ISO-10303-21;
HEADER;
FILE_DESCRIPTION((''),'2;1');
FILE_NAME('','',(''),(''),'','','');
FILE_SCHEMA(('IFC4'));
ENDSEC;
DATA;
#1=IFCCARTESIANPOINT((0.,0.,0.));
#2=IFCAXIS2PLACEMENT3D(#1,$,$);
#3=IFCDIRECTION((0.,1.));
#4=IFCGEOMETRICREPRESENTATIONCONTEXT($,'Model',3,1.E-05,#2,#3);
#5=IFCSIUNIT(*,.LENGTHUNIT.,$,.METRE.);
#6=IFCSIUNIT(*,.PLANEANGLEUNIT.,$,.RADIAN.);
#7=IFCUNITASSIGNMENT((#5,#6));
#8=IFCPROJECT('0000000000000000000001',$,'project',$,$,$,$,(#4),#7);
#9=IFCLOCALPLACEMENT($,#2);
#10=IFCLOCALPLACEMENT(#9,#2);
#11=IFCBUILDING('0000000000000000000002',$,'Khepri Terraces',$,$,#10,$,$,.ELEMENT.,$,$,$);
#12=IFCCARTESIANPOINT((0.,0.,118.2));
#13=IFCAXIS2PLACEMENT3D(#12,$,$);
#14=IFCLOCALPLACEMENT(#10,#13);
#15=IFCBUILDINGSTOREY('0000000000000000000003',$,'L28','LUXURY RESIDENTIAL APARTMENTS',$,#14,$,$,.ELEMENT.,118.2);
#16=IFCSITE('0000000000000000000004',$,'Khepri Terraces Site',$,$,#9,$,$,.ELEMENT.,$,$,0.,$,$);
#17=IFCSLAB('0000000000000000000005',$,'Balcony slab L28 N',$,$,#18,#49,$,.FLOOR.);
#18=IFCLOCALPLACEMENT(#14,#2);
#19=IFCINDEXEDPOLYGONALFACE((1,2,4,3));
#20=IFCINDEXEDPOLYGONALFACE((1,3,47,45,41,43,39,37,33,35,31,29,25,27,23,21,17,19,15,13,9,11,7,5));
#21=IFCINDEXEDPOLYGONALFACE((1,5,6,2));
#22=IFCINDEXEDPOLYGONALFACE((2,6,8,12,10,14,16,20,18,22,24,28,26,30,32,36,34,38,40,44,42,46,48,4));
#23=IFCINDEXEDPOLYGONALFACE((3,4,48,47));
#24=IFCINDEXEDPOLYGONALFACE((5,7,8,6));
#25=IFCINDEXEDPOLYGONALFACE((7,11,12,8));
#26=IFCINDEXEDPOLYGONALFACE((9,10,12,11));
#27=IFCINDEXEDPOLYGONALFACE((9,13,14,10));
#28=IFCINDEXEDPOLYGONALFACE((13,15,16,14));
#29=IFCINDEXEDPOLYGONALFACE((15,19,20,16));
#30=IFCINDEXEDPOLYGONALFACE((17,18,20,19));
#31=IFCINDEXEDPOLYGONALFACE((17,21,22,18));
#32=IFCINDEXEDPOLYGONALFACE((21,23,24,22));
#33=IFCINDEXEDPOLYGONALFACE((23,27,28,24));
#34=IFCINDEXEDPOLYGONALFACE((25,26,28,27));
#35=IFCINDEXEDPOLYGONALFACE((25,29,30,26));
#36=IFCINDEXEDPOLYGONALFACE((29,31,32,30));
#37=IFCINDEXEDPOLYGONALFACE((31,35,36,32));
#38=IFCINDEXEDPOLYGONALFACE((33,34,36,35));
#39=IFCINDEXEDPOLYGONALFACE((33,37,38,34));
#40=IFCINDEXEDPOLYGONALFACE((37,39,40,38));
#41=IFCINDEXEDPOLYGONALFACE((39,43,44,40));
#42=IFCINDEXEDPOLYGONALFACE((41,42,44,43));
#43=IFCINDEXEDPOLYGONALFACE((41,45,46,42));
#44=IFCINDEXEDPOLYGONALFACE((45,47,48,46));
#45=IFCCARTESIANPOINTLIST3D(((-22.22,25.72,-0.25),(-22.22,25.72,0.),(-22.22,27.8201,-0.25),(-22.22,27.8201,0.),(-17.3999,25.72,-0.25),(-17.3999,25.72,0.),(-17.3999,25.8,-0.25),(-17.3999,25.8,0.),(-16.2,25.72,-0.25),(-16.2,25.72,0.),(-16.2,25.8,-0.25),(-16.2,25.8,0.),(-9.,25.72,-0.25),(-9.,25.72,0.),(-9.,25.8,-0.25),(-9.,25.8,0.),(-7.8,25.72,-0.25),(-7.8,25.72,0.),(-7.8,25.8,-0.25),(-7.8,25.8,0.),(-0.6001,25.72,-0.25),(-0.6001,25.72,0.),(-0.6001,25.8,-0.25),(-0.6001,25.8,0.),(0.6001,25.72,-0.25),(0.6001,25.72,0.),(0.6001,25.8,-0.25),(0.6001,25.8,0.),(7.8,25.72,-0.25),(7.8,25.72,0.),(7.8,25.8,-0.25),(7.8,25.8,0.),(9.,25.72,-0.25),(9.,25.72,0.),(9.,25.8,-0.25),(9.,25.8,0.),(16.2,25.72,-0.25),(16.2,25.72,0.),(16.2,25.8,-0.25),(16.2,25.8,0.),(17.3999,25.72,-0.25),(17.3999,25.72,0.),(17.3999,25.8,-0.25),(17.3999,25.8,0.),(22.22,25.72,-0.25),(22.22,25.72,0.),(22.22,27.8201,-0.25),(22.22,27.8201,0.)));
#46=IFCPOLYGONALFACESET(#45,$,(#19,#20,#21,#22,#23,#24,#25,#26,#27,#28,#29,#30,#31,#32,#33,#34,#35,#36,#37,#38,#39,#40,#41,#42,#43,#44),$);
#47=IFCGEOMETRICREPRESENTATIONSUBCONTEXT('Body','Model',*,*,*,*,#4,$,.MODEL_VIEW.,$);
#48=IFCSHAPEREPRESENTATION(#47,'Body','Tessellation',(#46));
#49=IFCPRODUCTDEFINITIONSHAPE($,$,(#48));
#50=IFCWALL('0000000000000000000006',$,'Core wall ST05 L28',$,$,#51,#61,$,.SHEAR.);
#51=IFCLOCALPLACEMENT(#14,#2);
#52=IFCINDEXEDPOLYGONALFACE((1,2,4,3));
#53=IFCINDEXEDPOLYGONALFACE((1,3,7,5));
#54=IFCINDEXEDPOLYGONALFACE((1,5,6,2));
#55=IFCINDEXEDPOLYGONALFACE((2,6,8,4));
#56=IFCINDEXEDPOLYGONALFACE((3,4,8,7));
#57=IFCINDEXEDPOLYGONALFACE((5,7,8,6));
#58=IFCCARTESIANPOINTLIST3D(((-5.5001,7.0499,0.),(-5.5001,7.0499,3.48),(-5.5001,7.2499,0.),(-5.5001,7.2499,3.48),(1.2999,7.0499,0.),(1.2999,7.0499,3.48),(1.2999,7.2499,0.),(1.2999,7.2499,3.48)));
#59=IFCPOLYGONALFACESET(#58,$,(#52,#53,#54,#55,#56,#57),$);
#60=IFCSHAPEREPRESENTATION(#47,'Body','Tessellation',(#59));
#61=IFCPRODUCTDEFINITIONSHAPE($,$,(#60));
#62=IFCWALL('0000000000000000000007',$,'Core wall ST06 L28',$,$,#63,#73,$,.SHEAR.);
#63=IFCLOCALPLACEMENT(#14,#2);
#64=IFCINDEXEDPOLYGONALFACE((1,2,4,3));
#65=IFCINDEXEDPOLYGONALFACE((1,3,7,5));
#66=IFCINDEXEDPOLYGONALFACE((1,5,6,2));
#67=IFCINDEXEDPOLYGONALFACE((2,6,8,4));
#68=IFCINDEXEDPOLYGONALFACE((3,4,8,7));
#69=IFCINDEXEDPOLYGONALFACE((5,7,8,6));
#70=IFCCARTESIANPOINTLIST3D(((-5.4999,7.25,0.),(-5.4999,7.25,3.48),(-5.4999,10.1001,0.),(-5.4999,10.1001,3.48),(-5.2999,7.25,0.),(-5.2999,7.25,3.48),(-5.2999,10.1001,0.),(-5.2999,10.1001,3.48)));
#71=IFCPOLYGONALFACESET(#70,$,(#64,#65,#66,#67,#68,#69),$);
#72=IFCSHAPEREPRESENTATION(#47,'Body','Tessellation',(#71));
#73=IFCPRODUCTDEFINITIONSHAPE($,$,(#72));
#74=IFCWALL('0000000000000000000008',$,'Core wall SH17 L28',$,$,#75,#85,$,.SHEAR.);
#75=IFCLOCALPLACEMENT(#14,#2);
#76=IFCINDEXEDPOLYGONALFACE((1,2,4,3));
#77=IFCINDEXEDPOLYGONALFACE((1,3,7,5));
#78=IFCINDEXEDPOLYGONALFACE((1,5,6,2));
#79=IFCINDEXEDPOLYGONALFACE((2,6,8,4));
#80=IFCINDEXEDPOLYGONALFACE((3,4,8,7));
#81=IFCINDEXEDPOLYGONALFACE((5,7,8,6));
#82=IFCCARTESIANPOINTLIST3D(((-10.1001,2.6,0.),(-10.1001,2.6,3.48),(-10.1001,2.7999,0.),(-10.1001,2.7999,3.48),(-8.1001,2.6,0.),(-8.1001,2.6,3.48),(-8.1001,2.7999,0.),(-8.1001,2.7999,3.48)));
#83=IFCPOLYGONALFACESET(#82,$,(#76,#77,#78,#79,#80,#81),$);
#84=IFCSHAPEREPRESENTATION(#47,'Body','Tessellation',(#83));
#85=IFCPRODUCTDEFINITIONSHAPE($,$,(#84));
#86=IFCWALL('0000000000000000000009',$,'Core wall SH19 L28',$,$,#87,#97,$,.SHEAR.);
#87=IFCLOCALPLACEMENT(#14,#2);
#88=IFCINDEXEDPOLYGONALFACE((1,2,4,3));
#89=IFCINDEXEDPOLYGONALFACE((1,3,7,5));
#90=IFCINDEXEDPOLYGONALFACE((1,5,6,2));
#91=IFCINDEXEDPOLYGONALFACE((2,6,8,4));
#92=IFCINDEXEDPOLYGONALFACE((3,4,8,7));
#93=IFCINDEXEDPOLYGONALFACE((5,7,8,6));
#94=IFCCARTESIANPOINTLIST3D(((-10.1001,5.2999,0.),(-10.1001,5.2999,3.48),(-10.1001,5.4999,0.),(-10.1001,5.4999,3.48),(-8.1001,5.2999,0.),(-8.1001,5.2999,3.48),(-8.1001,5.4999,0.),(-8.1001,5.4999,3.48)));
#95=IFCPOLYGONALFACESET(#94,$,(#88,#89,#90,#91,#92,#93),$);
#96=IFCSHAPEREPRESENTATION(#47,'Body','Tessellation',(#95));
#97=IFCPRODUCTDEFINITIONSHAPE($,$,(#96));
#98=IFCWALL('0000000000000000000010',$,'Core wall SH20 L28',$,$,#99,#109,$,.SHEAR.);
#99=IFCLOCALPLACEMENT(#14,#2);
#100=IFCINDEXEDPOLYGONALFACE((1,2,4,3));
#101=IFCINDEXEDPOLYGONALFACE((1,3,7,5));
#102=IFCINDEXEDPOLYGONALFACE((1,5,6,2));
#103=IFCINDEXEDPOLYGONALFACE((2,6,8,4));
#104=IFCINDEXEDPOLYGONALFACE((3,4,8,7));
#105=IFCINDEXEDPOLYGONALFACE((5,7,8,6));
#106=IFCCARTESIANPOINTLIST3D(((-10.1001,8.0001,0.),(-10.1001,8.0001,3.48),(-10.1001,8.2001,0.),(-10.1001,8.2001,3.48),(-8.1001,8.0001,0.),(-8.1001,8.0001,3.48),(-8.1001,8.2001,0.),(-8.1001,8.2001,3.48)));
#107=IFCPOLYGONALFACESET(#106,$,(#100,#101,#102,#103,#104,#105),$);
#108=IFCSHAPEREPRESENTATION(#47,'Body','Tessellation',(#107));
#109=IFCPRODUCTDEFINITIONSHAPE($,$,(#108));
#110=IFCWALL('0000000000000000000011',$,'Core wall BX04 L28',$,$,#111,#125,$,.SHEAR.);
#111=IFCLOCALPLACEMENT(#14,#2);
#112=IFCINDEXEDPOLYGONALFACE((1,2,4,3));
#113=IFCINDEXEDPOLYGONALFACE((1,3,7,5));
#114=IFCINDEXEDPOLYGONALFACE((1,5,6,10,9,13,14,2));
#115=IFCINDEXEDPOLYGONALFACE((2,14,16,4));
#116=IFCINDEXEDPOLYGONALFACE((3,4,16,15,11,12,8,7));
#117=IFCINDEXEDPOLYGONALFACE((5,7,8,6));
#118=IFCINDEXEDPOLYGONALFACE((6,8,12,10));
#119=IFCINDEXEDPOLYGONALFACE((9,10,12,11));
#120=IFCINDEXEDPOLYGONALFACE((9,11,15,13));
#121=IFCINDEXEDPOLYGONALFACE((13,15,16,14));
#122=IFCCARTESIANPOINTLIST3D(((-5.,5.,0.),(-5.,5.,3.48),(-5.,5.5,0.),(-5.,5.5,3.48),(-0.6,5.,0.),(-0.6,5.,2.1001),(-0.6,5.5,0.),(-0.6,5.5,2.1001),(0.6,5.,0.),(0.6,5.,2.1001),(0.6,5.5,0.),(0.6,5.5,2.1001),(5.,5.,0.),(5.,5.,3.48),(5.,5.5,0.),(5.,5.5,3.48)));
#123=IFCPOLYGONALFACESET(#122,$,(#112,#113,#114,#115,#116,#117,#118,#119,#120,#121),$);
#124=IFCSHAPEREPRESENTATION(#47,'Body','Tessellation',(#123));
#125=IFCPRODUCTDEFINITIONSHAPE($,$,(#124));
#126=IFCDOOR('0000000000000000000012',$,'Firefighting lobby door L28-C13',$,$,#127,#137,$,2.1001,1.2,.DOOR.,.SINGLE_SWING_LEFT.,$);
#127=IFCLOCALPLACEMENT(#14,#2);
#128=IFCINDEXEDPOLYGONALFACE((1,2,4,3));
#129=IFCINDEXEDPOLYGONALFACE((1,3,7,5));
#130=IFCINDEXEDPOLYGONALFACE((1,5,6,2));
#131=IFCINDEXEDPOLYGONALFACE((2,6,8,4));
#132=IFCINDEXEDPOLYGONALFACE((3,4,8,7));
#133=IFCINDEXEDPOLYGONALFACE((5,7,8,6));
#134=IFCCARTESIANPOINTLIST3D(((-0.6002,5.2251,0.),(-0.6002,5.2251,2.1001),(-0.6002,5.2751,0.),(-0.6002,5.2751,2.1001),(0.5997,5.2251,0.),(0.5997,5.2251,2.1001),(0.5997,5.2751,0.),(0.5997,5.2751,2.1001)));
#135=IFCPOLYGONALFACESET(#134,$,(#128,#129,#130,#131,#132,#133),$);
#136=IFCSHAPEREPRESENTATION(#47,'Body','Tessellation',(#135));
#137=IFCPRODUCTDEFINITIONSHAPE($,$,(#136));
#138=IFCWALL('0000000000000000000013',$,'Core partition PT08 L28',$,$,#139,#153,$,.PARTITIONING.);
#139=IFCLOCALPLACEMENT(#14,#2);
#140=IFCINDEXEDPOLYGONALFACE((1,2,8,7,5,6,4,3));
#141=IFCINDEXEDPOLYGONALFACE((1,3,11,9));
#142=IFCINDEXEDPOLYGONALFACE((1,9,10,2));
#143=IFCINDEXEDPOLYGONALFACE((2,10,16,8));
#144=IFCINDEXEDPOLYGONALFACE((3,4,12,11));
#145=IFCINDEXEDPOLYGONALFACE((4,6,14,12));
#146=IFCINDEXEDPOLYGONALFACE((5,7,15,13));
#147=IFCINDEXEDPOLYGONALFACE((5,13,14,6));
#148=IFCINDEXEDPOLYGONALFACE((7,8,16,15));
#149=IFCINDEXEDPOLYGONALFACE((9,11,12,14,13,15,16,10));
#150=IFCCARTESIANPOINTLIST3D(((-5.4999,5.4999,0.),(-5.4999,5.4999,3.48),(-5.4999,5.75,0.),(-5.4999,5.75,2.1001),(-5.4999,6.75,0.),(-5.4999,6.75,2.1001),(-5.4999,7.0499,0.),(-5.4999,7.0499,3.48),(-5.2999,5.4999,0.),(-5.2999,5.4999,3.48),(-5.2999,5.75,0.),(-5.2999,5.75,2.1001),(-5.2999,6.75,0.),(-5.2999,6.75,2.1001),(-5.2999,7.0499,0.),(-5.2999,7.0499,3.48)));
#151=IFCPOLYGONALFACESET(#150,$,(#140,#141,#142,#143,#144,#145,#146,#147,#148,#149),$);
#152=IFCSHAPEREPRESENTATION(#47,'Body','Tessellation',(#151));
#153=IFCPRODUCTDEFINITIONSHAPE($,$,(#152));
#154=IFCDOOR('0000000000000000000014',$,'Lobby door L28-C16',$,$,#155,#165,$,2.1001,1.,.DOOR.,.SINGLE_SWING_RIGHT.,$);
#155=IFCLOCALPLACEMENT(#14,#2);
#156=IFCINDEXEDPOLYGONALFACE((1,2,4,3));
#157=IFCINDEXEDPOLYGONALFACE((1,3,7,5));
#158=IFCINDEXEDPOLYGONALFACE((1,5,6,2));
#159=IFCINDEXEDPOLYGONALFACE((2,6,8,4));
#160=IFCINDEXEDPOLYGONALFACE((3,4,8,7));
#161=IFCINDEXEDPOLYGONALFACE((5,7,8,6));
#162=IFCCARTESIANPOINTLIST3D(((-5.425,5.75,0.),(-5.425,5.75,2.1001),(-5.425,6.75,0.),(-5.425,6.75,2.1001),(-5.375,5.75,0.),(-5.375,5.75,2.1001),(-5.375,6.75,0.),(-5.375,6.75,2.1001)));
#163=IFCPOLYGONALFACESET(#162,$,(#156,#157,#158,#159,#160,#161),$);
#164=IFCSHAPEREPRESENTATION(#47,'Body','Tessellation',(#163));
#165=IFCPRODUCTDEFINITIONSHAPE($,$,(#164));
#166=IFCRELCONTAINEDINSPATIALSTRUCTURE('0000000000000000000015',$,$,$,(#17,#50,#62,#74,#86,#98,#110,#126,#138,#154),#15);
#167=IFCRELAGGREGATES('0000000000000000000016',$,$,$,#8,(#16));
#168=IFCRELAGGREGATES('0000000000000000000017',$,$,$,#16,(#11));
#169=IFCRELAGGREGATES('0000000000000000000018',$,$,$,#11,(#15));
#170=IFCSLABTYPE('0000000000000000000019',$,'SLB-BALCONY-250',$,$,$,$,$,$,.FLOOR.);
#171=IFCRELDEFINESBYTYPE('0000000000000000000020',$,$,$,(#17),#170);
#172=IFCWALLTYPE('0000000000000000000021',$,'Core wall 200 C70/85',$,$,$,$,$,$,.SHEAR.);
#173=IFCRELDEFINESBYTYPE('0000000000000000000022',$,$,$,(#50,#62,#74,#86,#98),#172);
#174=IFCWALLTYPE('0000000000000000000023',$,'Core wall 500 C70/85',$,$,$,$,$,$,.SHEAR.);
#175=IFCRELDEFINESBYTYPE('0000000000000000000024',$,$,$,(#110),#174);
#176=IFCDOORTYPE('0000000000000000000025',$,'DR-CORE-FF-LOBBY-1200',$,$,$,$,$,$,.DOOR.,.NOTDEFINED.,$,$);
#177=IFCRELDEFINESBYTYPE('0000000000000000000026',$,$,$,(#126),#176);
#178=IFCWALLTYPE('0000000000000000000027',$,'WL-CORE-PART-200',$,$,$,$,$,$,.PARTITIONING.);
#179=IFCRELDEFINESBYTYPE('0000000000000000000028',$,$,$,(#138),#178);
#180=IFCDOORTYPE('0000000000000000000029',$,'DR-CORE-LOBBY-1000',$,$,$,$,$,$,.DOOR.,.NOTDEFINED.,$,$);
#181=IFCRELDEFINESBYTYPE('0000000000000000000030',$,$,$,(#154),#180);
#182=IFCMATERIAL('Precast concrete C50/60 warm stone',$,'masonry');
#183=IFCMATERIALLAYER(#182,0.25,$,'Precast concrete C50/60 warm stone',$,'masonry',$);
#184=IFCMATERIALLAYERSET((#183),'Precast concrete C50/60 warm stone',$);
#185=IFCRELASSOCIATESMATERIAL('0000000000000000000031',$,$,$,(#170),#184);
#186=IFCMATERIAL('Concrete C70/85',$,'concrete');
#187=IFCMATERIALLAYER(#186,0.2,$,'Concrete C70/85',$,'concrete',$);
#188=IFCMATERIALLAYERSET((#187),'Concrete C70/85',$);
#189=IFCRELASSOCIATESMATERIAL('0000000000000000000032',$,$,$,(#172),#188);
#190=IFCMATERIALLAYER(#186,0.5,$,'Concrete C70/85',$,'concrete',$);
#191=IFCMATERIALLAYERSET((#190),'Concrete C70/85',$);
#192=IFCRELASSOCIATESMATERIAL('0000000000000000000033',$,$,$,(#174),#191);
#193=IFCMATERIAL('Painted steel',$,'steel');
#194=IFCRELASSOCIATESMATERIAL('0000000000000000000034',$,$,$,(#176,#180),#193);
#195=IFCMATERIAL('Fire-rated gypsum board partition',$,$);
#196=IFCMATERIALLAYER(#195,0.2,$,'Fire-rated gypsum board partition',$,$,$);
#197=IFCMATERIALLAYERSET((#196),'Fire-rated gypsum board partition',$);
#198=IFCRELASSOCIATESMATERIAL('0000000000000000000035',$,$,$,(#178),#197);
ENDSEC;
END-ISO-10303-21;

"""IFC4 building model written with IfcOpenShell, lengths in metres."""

from ifc_helpers import new_model, si_unit, direction, frame, frame_2d, origin, place, context, subcontext, project, spatial, polyline, rectangle, outline, extrude, material, layer, layer_set, type_object, element, fill, save


model = new_model("IFC4")

# Units and contexts
model_context = context("Model", 3, precision=1e-05, world=origin(), true_north=direction((0.0, 1.0)))
body_context = subcontext(model_context, "Body", "Model", "MODEL_VIEW")
ifc_project = project(units=[si_unit("LENGTHUNIT", "METRE"), si_unit("PLANEANGLEUNIT", "RADIAN")], contexts=[model_context])

# Site, building, storey
site_placement = place(None, origin())
site = spatial("IfcSite", under=ifc_project, at=site_placement, Name="Khepri Terraces Site", CompositionType="ELEMENT", RefElevation=0.0)
building_placement = place(site_placement, origin())
building = spatial("IfcBuilding", under=site, at=building_placement, Name="Khepri Terraces", CompositionType="ELEMENT")
storey_placement = place(building_placement, frame((0.0, 0.0, 118.2)))
storey = spatial("IfcBuildingStorey", under=building, at=storey_placement, Name="L28", Description="LUXURY RESIDENTIAL APARTMENTS", CompositionType="ELEMENT", Elevation=118.2)

# Slab
ifc_material_1 = material(Name="Precast concrete C50/60 warm stone", Category="masonry")
ifc_layer_1 = layer(ifc_material_1, 0.25, Name="Precast concrete C50/60 warm stone", Category="masonry")
ifc_layer_set_1 = layer_set([ifc_layer_1], Name="Precast concrete C50/60 warm stone")
slab_type = type_object("IfcSlabType", Name="SLB-BALCONY-250", PredefinedType="FLOOR", material=ifc_layer_set_1)
slab_placement = place(storey_placement, frame((0.0, 0.0, -0.25)))
element("IfcSlab", 1, at=slab_placement, inside=storey, type_object=slab_type, Name="Balcony slab L28 N", PredefinedType="FLOOR", context=body_context, shape_type="SweptSolid", body=[
    extrude(outline(polyline([(17.3999, 25.72), (22.22, 25.72), (22.22, 27.8201), (-22.22, 27.8201), (-22.22, 25.72), (-17.3999, 25.72), (-17.3999, 25.8), (-16.2, 25.8), (-16.2, 25.72), (-9.0, 25.72), (-9.0, 25.8), (-7.8, 25.8), (-7.8, 25.72), (-0.6001, 25.72), (-0.6001, 25.8), (0.6001, 25.8), (0.6001, 25.72), (7.8, 25.72), (7.8, 25.8), (9.0, 25.8), (9.0, 25.72), (16.2, 25.72), (16.2, 25.8), (17.3999, 25.8), (17.3999, 25.72)])), origin(), (0.0, 0.0, 1.0), 0.25),
])

# Walls
ifc_material_2 = material(Name="Concrete C70/85", Category="concrete")
ifc_layer_2 = layer(ifc_material_2, 0.2, Name="Concrete C70/85", Category="concrete")
ifc_layer_set_2 = layer_set([ifc_layer_2], Name="Concrete C70/85")
wall_type_1 = type_object("IfcWallType", Name="Core wall 200 C70/85", PredefinedType="SHEAR", material=ifc_layer_set_2)
wall_1_placement = place(storey_placement, frame((-5.5, 7.1499, 0.0), z_axis=(0.0, 0.0, 1.0), x_axis=(1.0, 0.0, 0.0)))
element("IfcWall", 2, at=wall_1_placement, inside=storey, type_object=wall_type_1, Name="Core wall ST05 L28", PredefinedType="SHEAR", context=body_context, shape_type="SweptSolid", body=[
    extrude(rectangle(XDim=6.8, YDim=0.2, at=frame_2d((3.3999, 0.0))), origin(), (0.0, 0.0, 1.0), 3.48),
])
wall_2_placement = place(storey_placement, frame((-5.3999, 7.25, 0.0), z_axis=(0.0, 0.0, 1.0), x_axis=(0.0, 1.0, 0.0)))
element("IfcWall", 3, at=wall_2_placement, inside=storey, type_object=wall_type_1, Name="Core wall ST06 L28", PredefinedType="SHEAR", context=body_context, shape_type="SweptSolid", body=[
    extrude(rectangle(XDim=2.8501, YDim=0.2, at=frame_2d((1.425, 0.0))), origin(), (0.0, 0.0, 1.0), 3.48),
])
for number, where, z_axis, x_axis, name in (
    (4, (-10.1001, 2.7, 0.0), (0.0, 0.0, 1.0), (1.0, 0.0, 0.0), "Core wall SH17 L28"),
    (5, (-10.1001, 5.3999, 0.0), (0.0, 0.0, 1.0), (1.0, 0.0, 0.0), "Core wall SH19 L28"),
    (6, (-10.1001, 8.1001, 0.0), (0.0, 0.0, 1.0), (1.0, 0.0, 0.0), "Core wall SH20 L28"),
):
    element("IfcWall", number, at=place(storey_placement, frame(where, z_axis=z_axis, x_axis=x_axis)), inside=storey, type_object=wall_type_1, Name=name, PredefinedType="SHEAR", context=body_context, shape_type="SweptSolid", body=[
        extrude(rectangle(XDim=2.0, YDim=0.2, at=frame_2d((1.0, 0.0))), origin(), (0.0, 0.0, 1.0), 3.48),
    ])

# Walls, openings, doors
ifc_layer_3 = layer(ifc_material_2, 0.5, Name="Concrete C70/85", Category="concrete")
ifc_layer_set_3 = layer_set([ifc_layer_3], Name="Concrete C70/85")
wall_type_2 = type_object("IfcWallType", Name="Core wall 500 C70/85", PredefinedType="SHEAR", material=ifc_layer_set_3)
wall_3_placement = place(storey_placement, frame((-5.0, 5.25, 0.0), z_axis=(0.0, 0.0, 1.0), x_axis=(1.0, 0.0, 0.0)))
wall_3 = element("IfcWall", 7, at=wall_3_placement, inside=storey, type_object=wall_type_2, Name="Core wall BX04 L28", PredefinedType="SHEAR", context=body_context, shape_type="SweptSolid", body=[
    extrude(rectangle(XDim=10.0, YDim=0.5, at=frame_2d((5.0, 0.0))), origin(), (0.0, 0.0, 1.0), 3.48),
])
opening_1_placement = place(wall_3_placement, frame((4.3999, 0.0, 0.0)))
opening_1 = element("IfcOpeningElement", 8, at=opening_1_placement, cuts=wall_3, PredefinedType="OPENING", context=body_context, shape_type="SweptSolid", body=[
    extrude(rectangle(XDim=1.2, YDim=2.1001, at=frame_2d((0.6001, 1.05))), frame((0.0, 0.26, 0.0), z_axis=(0.0, -1.0, 0.0), x_axis=(1.0, 0.0, 0.0)), (0.0, 0.0, 1.0), 0.52),
])
ifc_material_3 = material(Name="Painted steel", Category="steel")
door_type_1 = type_object("IfcDoorType", Name="DR-CORE-FF-LOBBY-1200", OperationType="NOTDEFINED", PredefinedType="DOOR", material=ifc_material_3)
door_1_placement = place(opening_1_placement, frame((1.2, 0.0, 0.0), z_axis=(0.0, 0.0, 1.0), x_axis=(-1.0, 0.0, 0.0)))
door_1 = element("IfcDoor", 9, at=door_1_placement, inside=storey, type_object=door_type_1, Name="Firefighting lobby door L28-C13", OperationType="SINGLE_SWING_LEFT", OverallHeight=2.1001, OverallWidth=1.2, PredefinedType="DOOR", context=body_context, shape_type="SweptSolid", body=[
    extrude(rectangle(XDim=1.2, YDim=2.1001, at=frame_2d((0.6001, 1.05))), frame((0.0, 0.0249, 0.0), z_axis=(0.0, -1.0, 0.0), x_axis=(1.0, 0.0, 0.0)), (0.0, 0.0, 1.0), 0.05),
])
fill(opening_1, door_1)
ifc_material_4 = material(Name="Fire-rated gypsum board partition")
ifc_layer_4 = layer(ifc_material_4, 0.2, Name="Fire-rated gypsum board partition")
ifc_layer_set_4 = layer_set([ifc_layer_4], Name="Fire-rated gypsum board partition")
wall_type_3 = type_object("IfcWallType", Name="WL-CORE-PART-200", PredefinedType="PARTITIONING", material=ifc_layer_set_4)
wall_4_placement = place(storey_placement, frame((-5.3999, 5.5, 0.0), z_axis=(0.0, 0.0, 1.0), x_axis=(0.0, 1.0, 0.0)))
wall_4 = element("IfcWall", 10, at=wall_4_placement, inside=storey, type_object=wall_type_3, Name="Core partition PT08 L28", PredefinedType="PARTITIONING", context=body_context, shape_type="SweptSolid", body=[
    extrude(rectangle(XDim=1.55, YDim=0.2, at=frame_2d((0.7749, 0.0))), origin(), (0.0, 0.0, 1.0), 3.48),
])
opening_2_placement = place(wall_4_placement, frame((0.25, 0.0, 0.0)))
opening_2 = element("IfcOpeningElement", 11, at=opening_2_placement, cuts=wall_4, PredefinedType="OPENING", context=body_context, shape_type="SweptSolid", body=[
    extrude(rectangle(XDim=1.0, YDim=2.1001, at=frame_2d((0.5, 1.05))), frame((0.0, 0.1099, 0.0), z_axis=(0.0, -1.0, 0.0), x_axis=(1.0, 0.0, 0.0)), (0.0, 0.0, 1.0), 0.22),
])
door_type_2 = type_object("IfcDoorType", Name="DR-CORE-LOBBY-1000", OperationType="NOTDEFINED", PredefinedType="DOOR", material=ifc_material_3)
door_2_placement = place(opening_2_placement, frame((1.0, 0.0, 0.0), z_axis=(0.0, 0.0, 1.0), x_axis=(-1.0, 0.0, 0.0)))
door_2 = element("IfcDoor", 12, at=door_2_placement, inside=storey, type_object=door_type_2, Name="Lobby door L28-C16", OperationType="SINGLE_SWING_RIGHT", OverallHeight=2.1001, OverallWidth=1.0, PredefinedType="DOOR", context=body_context, shape_type="SweptSolid", body=[
    extrude(rectangle(XDim=1.0, YDim=2.1001, at=frame_2d((0.5, 1.05))), frame((0.0, 0.0249, 0.0), z_axis=(0.0, -1.0, 0.0), x_axis=(1.0, 0.0, 0.0)), (0.0, 0.0, 1.0), 0.05),
])
fill(opening_2, door_2)

save(model, "model.ifc")
